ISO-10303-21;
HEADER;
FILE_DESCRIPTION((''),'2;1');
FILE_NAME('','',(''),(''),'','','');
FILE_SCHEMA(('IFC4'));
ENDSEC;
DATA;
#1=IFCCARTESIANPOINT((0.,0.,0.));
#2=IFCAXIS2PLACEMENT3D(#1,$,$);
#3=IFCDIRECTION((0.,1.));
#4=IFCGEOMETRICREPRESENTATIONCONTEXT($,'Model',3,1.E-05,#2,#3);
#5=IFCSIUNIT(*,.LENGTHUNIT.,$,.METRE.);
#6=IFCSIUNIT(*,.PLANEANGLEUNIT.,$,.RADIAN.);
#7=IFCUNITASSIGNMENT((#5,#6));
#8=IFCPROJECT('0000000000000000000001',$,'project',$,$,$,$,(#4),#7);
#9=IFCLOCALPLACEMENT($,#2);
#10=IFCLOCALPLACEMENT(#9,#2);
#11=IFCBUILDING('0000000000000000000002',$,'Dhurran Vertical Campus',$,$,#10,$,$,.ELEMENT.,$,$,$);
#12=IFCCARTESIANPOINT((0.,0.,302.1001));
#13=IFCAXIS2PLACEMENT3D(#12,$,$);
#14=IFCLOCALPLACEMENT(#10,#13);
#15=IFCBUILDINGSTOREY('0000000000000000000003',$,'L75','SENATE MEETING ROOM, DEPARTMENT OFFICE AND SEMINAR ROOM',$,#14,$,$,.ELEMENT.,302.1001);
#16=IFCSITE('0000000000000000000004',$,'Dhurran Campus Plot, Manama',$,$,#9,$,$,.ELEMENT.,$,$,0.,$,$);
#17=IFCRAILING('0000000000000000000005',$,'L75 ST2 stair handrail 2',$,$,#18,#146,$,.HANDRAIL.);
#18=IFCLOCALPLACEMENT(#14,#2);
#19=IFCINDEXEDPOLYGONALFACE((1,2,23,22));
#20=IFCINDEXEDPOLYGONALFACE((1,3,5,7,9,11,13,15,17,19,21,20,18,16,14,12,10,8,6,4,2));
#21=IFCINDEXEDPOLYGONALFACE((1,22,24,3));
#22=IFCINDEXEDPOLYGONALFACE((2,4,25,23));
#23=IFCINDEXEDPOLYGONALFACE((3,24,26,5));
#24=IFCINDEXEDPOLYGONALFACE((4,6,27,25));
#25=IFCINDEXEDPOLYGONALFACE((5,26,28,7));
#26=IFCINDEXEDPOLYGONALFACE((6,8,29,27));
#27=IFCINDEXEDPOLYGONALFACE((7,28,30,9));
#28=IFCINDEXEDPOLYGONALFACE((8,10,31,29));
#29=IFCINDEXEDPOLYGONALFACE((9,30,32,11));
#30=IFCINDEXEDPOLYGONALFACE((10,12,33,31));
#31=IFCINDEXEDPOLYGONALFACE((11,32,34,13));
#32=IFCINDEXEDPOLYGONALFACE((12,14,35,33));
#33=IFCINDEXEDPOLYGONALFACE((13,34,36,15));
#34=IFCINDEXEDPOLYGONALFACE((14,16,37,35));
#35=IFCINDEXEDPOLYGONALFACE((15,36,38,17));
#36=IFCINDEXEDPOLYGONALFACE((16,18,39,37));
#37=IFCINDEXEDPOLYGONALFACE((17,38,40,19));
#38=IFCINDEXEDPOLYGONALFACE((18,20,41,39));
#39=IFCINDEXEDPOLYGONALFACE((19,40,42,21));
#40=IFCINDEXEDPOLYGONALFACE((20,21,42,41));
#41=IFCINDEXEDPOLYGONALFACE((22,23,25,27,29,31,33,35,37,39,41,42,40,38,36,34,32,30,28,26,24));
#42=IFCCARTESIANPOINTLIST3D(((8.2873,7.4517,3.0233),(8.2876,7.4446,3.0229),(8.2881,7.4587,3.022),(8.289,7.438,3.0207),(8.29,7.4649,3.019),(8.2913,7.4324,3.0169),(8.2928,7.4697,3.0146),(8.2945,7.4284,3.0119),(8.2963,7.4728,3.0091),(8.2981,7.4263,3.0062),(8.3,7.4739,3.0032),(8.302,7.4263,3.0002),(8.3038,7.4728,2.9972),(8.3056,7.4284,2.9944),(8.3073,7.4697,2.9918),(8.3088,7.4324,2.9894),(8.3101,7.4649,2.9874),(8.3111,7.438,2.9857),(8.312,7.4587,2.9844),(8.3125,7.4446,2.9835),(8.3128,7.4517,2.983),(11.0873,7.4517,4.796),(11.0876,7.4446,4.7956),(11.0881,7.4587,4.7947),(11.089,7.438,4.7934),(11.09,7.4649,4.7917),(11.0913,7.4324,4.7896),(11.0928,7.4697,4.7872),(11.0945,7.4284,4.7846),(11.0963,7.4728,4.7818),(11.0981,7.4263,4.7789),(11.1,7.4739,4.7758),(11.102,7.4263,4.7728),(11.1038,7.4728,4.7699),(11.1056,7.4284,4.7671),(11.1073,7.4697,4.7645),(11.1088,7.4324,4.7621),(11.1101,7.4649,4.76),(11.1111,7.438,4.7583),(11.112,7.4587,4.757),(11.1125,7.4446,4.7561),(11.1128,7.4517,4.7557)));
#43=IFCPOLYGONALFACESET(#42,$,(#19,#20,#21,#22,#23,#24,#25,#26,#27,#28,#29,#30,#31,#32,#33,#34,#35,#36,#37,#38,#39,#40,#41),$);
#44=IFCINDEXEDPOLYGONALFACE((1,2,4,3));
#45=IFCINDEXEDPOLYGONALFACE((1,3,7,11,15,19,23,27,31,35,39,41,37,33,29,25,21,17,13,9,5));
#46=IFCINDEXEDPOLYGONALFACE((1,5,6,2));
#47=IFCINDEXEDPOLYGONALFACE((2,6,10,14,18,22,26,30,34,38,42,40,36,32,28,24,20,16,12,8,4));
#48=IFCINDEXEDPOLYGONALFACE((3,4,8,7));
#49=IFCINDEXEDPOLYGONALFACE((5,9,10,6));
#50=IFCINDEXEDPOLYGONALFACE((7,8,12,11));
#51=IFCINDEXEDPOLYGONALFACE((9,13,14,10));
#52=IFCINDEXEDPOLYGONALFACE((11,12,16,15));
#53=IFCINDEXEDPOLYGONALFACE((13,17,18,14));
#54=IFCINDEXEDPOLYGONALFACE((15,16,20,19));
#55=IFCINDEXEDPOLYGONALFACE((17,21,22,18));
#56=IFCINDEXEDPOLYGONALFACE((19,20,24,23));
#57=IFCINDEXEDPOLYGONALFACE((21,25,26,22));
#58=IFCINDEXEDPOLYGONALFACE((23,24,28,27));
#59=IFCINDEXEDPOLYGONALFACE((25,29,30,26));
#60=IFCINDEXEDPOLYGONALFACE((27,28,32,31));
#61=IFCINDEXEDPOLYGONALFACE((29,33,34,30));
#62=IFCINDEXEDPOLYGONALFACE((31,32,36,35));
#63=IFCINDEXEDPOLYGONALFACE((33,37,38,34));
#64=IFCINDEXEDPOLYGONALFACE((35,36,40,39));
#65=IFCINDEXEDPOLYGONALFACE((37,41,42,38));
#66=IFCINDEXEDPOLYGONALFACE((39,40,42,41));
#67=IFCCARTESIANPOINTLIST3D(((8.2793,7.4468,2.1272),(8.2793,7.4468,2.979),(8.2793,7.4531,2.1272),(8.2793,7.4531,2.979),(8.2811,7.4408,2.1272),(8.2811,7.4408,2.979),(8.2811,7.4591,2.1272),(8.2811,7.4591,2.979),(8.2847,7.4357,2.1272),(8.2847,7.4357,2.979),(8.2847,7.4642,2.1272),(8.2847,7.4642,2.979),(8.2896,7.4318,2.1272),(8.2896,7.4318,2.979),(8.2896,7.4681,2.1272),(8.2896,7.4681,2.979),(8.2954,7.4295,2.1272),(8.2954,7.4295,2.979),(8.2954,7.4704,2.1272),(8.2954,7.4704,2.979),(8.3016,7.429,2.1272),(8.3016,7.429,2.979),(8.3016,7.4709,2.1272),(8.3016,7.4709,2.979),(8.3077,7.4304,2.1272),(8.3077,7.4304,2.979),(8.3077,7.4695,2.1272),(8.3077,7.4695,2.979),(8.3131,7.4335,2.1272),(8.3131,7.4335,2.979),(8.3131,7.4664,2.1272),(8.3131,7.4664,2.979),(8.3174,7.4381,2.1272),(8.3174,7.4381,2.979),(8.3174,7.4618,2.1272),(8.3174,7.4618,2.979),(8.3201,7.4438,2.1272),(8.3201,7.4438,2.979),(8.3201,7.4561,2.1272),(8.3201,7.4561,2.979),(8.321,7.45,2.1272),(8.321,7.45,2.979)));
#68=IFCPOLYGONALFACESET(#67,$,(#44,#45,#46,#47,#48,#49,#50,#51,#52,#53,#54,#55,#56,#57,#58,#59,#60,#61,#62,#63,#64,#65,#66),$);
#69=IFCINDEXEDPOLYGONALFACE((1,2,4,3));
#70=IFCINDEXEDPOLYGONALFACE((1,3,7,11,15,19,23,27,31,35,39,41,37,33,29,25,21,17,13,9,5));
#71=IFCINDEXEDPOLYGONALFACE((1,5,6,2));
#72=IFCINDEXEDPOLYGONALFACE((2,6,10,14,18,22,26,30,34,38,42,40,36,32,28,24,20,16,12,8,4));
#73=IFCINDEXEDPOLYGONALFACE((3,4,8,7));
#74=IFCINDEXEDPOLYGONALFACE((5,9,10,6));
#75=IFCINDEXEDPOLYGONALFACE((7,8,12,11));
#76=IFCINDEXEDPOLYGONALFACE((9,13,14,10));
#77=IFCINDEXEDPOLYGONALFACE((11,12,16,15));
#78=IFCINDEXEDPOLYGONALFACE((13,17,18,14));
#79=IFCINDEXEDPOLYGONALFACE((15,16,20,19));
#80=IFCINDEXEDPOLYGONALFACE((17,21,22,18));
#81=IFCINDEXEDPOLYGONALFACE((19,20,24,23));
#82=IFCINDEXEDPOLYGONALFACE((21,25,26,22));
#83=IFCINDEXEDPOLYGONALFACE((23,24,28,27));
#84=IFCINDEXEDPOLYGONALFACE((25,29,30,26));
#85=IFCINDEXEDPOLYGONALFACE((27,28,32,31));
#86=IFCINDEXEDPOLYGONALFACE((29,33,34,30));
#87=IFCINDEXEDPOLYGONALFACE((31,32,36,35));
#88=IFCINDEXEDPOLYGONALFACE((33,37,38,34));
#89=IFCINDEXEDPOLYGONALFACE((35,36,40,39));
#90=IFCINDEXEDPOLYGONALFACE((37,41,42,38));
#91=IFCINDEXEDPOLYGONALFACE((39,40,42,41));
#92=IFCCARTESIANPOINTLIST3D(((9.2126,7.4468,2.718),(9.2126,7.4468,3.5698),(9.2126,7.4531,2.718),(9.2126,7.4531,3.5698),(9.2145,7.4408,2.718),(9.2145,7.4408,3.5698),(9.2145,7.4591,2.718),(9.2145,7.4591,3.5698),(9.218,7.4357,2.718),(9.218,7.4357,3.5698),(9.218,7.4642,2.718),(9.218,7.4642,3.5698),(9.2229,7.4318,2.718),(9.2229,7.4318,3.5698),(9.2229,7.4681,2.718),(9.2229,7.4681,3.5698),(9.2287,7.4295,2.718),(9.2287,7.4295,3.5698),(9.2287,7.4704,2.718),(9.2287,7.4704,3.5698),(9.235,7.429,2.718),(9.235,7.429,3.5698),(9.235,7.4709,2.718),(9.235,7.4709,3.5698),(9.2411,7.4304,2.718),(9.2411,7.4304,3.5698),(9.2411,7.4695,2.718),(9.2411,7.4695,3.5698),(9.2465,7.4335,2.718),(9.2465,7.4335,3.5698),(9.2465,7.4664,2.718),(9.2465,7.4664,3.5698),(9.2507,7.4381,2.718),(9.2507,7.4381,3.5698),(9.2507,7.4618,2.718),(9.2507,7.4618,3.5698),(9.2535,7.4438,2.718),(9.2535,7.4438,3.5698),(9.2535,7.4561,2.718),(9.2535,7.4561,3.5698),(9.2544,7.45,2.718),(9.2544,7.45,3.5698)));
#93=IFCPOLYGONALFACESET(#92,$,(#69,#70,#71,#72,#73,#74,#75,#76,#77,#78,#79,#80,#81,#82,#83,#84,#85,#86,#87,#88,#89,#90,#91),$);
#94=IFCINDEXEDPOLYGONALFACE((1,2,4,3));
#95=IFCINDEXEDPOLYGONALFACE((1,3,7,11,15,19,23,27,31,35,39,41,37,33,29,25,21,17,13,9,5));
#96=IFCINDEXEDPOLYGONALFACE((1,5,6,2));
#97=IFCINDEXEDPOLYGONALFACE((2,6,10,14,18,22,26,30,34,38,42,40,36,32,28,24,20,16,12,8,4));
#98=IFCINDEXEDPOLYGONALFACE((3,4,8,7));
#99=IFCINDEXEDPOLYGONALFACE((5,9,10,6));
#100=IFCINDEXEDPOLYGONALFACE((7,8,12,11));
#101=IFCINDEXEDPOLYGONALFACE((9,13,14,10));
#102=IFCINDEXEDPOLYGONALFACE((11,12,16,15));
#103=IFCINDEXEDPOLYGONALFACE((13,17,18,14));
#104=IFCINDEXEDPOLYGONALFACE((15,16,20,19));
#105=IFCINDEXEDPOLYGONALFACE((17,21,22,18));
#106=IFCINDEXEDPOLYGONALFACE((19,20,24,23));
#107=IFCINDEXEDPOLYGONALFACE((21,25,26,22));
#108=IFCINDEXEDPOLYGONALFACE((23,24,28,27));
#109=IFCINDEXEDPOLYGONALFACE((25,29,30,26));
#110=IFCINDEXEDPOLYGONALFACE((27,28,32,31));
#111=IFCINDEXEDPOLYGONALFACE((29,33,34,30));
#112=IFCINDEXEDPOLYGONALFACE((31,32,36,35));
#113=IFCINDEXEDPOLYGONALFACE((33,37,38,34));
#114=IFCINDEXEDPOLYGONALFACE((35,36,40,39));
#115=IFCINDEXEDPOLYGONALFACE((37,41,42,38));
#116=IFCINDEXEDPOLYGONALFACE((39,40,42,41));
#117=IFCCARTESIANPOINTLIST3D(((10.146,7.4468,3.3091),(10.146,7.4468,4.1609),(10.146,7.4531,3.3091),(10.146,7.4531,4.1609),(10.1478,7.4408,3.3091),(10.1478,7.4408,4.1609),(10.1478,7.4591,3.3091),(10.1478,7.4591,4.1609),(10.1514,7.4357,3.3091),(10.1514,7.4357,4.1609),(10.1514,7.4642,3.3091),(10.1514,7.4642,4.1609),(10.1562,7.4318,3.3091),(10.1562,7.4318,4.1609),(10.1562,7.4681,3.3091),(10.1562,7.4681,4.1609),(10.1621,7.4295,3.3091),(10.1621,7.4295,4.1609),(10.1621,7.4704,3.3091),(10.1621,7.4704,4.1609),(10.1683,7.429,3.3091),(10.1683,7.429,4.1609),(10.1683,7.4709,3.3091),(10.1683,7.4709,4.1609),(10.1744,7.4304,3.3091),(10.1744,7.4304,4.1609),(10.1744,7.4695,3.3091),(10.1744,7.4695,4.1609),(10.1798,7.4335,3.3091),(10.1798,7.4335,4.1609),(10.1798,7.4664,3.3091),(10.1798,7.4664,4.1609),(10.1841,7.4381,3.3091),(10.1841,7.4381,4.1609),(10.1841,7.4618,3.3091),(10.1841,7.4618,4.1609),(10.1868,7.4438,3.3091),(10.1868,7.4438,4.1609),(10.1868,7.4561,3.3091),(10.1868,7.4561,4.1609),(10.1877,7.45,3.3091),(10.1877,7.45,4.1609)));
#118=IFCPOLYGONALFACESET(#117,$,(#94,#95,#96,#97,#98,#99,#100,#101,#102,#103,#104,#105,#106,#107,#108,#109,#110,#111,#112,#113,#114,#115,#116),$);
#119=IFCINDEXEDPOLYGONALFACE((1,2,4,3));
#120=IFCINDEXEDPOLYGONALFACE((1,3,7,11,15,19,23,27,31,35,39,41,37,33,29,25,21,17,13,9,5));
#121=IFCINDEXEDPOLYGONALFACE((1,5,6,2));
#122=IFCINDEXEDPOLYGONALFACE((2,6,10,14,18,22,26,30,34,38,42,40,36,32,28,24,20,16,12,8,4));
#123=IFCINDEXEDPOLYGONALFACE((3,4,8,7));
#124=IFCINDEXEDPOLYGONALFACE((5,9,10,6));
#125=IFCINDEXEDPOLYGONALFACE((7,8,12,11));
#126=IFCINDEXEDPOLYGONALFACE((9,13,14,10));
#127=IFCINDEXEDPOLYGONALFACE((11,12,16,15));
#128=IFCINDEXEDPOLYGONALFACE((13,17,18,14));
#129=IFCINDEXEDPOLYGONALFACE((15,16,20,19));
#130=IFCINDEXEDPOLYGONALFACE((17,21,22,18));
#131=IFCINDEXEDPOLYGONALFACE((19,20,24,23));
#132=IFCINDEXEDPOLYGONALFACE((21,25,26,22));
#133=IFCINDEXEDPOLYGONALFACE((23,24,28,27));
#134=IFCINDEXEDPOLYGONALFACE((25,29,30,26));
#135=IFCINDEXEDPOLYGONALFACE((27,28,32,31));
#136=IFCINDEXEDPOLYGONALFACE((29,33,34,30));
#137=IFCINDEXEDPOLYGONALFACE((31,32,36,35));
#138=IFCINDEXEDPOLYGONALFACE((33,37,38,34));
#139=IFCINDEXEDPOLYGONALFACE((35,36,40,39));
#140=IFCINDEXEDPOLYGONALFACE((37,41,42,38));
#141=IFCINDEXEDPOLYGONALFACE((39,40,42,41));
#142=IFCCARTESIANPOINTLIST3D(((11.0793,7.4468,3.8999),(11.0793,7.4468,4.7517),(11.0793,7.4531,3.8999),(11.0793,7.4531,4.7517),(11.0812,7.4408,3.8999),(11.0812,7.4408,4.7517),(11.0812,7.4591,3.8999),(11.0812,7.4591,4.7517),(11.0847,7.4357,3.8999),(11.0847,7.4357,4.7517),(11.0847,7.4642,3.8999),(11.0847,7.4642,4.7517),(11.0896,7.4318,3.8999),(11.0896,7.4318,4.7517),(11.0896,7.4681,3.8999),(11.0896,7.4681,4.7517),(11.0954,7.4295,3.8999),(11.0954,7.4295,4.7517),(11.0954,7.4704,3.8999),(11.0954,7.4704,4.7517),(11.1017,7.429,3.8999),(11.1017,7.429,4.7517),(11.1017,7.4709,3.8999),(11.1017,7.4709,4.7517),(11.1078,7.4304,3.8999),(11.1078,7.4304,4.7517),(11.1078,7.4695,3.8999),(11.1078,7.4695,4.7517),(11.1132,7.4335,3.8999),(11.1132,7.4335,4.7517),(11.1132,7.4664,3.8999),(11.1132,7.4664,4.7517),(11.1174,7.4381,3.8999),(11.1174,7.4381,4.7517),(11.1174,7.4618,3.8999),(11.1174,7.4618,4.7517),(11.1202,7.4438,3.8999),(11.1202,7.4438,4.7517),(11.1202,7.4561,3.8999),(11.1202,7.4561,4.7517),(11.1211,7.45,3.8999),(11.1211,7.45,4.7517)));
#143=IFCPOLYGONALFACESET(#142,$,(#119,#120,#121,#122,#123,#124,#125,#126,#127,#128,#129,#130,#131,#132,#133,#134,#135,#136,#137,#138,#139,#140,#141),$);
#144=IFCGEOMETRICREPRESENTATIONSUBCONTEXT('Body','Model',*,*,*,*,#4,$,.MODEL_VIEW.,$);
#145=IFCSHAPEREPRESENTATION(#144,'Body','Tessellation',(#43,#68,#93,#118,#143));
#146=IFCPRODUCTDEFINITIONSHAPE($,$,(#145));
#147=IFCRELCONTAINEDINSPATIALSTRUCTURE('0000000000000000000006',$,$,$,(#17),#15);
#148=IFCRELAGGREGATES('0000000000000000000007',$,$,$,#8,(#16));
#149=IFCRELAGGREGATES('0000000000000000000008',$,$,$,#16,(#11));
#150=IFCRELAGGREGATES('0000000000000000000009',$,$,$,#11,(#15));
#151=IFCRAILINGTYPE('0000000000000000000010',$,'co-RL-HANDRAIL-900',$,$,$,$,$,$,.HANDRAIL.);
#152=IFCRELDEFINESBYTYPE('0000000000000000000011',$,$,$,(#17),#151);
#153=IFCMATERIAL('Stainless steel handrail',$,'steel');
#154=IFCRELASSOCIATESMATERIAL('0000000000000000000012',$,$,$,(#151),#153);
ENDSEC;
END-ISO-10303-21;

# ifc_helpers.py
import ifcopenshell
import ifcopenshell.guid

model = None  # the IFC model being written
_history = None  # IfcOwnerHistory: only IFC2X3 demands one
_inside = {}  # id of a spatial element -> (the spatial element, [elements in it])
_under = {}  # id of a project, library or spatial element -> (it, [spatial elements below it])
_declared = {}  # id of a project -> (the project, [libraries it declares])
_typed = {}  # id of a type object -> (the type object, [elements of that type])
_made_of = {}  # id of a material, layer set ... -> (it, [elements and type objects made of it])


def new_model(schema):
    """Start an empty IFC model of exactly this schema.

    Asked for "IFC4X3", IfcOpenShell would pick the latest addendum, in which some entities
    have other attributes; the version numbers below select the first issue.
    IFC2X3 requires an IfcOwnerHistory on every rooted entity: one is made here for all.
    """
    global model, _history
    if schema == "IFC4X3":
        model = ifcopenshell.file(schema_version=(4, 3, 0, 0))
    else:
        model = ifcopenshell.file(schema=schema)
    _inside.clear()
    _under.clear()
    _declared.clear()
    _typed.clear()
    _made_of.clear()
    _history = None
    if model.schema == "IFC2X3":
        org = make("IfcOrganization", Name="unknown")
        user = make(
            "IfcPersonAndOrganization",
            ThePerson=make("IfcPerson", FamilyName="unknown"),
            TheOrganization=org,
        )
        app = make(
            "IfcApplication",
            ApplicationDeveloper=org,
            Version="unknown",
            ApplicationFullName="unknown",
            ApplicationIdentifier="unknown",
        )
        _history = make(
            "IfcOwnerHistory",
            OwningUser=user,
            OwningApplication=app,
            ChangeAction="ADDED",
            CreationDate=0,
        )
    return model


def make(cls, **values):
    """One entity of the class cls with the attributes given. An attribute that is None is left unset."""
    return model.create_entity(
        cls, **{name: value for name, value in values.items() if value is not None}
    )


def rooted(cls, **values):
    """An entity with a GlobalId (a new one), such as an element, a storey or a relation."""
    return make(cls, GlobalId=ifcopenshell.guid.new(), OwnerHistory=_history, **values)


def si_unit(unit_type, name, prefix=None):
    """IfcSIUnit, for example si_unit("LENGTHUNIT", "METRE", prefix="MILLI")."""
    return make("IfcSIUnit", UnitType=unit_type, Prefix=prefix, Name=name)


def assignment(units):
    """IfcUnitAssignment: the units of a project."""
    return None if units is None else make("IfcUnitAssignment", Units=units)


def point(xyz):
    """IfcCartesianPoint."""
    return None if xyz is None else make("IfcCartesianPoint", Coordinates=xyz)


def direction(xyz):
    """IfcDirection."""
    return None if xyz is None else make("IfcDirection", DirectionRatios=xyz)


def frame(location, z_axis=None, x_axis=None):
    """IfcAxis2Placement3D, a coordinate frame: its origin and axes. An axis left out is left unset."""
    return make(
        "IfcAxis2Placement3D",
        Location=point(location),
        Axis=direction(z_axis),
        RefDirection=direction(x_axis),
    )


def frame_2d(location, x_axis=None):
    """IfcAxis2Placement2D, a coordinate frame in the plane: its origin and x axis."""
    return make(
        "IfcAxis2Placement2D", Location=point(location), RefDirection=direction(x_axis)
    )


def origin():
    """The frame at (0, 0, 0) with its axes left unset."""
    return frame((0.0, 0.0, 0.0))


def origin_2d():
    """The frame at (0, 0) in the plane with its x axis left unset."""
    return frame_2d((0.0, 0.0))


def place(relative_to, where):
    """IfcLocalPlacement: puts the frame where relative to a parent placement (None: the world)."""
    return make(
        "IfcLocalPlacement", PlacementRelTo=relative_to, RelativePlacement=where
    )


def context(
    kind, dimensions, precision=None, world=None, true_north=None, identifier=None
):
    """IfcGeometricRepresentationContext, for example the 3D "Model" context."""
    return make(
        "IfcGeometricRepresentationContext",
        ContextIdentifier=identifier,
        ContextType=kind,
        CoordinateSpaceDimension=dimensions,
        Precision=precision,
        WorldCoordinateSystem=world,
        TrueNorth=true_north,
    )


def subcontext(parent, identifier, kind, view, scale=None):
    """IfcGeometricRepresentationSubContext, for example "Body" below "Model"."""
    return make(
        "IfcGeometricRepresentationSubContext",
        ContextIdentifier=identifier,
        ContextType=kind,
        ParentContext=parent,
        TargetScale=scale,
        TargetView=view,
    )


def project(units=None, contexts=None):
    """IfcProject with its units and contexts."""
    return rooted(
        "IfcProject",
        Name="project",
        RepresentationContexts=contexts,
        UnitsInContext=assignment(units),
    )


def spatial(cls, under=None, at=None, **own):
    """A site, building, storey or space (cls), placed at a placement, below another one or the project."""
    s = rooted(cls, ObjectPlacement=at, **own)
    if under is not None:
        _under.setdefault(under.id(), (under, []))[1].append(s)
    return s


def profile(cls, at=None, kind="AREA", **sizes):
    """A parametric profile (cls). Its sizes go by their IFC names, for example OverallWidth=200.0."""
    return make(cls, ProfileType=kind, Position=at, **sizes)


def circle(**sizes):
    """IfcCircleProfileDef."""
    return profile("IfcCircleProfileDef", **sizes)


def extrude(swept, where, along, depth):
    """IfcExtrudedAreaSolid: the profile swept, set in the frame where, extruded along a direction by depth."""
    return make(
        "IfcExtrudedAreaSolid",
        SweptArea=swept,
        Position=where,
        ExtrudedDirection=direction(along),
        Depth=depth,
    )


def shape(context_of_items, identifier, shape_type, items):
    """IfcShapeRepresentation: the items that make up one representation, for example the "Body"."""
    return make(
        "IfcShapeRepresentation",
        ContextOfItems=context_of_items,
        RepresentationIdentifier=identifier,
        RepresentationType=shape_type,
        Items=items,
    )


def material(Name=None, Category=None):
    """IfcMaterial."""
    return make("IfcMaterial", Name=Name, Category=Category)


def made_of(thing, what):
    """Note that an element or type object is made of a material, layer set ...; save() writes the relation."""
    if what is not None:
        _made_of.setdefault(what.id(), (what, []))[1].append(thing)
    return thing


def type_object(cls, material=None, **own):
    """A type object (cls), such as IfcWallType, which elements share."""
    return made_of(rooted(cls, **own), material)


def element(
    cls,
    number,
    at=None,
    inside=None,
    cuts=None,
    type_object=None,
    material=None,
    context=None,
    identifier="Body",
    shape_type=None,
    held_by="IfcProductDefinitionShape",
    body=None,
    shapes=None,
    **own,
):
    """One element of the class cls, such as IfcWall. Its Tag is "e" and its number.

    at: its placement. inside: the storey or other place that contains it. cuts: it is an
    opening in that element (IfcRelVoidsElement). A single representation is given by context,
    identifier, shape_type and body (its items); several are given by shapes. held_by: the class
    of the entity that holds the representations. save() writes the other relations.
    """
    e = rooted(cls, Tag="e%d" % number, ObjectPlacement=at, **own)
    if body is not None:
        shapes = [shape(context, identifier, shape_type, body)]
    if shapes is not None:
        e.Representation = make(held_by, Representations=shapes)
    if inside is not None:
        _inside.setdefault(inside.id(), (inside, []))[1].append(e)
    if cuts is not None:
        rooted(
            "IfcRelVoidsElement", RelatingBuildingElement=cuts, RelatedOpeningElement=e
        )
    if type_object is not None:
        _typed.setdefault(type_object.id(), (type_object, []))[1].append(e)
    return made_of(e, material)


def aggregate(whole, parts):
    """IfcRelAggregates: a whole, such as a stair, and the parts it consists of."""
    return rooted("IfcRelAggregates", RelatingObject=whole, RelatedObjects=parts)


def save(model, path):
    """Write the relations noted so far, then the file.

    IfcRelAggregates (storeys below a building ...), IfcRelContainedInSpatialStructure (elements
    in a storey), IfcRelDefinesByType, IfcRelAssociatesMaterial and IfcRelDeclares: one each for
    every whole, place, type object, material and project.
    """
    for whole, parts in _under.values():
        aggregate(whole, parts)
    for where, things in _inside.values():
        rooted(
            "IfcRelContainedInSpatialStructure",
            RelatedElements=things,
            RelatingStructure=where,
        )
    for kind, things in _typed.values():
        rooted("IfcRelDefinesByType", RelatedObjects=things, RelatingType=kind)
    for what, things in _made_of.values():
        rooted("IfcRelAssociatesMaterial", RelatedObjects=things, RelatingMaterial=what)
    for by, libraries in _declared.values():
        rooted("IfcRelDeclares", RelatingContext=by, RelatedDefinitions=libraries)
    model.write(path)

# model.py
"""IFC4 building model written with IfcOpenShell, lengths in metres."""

from ifc_helpers import new_model, si_unit, direction, frame, origin, origin_2d, place, context, subcontext, project, spatial, circle, extrude, material, type_object, element, save


model = new_model("IFC4")

# Units and contexts
model_context = context("Model", 3, precision=1e-05, world=origin(), true_north=direction((0.0, 1.0)))
body_context = subcontext(model_context, "Body", "Model", "MODEL_VIEW")
ifc_project = project(units=[si_unit("LENGTHUNIT", "METRE"), si_unit("PLANEANGLEUNIT", "RADIAN")], contexts=[model_context])

# Site, building, storey
site_placement = place(None, origin())
site = spatial("IfcSite", under=ifc_project, at=site_placement, Name="Dhurran Campus Plot, Manama", CompositionType="ELEMENT", RefElevation=0.0)
building_placement = place(site_placement, origin())
building = spatial("IfcBuilding", under=site, at=building_placement, Name="Dhurran Vertical Campus", CompositionType="ELEMENT")
storey_placement = place(building_placement, frame((0.0, 0.0, 302.1001)))
storey = spatial("IfcBuildingStorey", under=building, at=storey_placement, Name="L75", Description="SENATE MEETING ROOM, DEPARTMENT OFFICE AND SEMINAR ROOM", CompositionType="ELEMENT", Elevation=302.1001)

# Railing
ifc_material_1 = material(Name="Stainless steel handrail", Category="steel")
railing_type_1 = type_object("IfcRailingType", Name="co-RL-HANDRAIL-900", PredefinedType="HANDRAIL", material=ifc_material_1)
railing_1_placement = place(storey_placement, frame((8.3, 7.45, 2.1272)))
element("IfcRailing", 1, at=railing_1_placement, inside=storey, type_object=railing_type_1, Name="L75 ST2 stair handrail 2", PredefinedType="HANDRAIL", context=body_context, shape_type="SweptSolid", body=[
    extrude(circle(Radius=0.0239, at=origin_2d()), frame((0.0, 0.0, 0.876), z_axis=(0.844909, 0.0, 0.53491), x_axis=(0.0, 1.0, 0.0)), (0.0, 0.0, 1.0), 3.314),
    extrude(circle(Radius=0.021, at=origin_2d()), origin(), (0.0, 0.0, 1.0), 0.8518),
    extrude(circle(Radius=0.021, at=origin_2d()), frame((0.9333, 0.0, 0.5908)), (0.0, 0.0, 1.0), 0.8518),
    extrude(circle(Radius=0.021, at=origin_2d()), frame((1.8667, 0.0, 1.1819)), (0.0, 0.0, 1.0), 0.8518),
    extrude(circle(Radius=0.021, at=origin_2d()), frame((2.8, 0.0, 1.7727)), (0.0, 0.0, 1.0), 0.8518),
])

save(model, "model.ifc")
